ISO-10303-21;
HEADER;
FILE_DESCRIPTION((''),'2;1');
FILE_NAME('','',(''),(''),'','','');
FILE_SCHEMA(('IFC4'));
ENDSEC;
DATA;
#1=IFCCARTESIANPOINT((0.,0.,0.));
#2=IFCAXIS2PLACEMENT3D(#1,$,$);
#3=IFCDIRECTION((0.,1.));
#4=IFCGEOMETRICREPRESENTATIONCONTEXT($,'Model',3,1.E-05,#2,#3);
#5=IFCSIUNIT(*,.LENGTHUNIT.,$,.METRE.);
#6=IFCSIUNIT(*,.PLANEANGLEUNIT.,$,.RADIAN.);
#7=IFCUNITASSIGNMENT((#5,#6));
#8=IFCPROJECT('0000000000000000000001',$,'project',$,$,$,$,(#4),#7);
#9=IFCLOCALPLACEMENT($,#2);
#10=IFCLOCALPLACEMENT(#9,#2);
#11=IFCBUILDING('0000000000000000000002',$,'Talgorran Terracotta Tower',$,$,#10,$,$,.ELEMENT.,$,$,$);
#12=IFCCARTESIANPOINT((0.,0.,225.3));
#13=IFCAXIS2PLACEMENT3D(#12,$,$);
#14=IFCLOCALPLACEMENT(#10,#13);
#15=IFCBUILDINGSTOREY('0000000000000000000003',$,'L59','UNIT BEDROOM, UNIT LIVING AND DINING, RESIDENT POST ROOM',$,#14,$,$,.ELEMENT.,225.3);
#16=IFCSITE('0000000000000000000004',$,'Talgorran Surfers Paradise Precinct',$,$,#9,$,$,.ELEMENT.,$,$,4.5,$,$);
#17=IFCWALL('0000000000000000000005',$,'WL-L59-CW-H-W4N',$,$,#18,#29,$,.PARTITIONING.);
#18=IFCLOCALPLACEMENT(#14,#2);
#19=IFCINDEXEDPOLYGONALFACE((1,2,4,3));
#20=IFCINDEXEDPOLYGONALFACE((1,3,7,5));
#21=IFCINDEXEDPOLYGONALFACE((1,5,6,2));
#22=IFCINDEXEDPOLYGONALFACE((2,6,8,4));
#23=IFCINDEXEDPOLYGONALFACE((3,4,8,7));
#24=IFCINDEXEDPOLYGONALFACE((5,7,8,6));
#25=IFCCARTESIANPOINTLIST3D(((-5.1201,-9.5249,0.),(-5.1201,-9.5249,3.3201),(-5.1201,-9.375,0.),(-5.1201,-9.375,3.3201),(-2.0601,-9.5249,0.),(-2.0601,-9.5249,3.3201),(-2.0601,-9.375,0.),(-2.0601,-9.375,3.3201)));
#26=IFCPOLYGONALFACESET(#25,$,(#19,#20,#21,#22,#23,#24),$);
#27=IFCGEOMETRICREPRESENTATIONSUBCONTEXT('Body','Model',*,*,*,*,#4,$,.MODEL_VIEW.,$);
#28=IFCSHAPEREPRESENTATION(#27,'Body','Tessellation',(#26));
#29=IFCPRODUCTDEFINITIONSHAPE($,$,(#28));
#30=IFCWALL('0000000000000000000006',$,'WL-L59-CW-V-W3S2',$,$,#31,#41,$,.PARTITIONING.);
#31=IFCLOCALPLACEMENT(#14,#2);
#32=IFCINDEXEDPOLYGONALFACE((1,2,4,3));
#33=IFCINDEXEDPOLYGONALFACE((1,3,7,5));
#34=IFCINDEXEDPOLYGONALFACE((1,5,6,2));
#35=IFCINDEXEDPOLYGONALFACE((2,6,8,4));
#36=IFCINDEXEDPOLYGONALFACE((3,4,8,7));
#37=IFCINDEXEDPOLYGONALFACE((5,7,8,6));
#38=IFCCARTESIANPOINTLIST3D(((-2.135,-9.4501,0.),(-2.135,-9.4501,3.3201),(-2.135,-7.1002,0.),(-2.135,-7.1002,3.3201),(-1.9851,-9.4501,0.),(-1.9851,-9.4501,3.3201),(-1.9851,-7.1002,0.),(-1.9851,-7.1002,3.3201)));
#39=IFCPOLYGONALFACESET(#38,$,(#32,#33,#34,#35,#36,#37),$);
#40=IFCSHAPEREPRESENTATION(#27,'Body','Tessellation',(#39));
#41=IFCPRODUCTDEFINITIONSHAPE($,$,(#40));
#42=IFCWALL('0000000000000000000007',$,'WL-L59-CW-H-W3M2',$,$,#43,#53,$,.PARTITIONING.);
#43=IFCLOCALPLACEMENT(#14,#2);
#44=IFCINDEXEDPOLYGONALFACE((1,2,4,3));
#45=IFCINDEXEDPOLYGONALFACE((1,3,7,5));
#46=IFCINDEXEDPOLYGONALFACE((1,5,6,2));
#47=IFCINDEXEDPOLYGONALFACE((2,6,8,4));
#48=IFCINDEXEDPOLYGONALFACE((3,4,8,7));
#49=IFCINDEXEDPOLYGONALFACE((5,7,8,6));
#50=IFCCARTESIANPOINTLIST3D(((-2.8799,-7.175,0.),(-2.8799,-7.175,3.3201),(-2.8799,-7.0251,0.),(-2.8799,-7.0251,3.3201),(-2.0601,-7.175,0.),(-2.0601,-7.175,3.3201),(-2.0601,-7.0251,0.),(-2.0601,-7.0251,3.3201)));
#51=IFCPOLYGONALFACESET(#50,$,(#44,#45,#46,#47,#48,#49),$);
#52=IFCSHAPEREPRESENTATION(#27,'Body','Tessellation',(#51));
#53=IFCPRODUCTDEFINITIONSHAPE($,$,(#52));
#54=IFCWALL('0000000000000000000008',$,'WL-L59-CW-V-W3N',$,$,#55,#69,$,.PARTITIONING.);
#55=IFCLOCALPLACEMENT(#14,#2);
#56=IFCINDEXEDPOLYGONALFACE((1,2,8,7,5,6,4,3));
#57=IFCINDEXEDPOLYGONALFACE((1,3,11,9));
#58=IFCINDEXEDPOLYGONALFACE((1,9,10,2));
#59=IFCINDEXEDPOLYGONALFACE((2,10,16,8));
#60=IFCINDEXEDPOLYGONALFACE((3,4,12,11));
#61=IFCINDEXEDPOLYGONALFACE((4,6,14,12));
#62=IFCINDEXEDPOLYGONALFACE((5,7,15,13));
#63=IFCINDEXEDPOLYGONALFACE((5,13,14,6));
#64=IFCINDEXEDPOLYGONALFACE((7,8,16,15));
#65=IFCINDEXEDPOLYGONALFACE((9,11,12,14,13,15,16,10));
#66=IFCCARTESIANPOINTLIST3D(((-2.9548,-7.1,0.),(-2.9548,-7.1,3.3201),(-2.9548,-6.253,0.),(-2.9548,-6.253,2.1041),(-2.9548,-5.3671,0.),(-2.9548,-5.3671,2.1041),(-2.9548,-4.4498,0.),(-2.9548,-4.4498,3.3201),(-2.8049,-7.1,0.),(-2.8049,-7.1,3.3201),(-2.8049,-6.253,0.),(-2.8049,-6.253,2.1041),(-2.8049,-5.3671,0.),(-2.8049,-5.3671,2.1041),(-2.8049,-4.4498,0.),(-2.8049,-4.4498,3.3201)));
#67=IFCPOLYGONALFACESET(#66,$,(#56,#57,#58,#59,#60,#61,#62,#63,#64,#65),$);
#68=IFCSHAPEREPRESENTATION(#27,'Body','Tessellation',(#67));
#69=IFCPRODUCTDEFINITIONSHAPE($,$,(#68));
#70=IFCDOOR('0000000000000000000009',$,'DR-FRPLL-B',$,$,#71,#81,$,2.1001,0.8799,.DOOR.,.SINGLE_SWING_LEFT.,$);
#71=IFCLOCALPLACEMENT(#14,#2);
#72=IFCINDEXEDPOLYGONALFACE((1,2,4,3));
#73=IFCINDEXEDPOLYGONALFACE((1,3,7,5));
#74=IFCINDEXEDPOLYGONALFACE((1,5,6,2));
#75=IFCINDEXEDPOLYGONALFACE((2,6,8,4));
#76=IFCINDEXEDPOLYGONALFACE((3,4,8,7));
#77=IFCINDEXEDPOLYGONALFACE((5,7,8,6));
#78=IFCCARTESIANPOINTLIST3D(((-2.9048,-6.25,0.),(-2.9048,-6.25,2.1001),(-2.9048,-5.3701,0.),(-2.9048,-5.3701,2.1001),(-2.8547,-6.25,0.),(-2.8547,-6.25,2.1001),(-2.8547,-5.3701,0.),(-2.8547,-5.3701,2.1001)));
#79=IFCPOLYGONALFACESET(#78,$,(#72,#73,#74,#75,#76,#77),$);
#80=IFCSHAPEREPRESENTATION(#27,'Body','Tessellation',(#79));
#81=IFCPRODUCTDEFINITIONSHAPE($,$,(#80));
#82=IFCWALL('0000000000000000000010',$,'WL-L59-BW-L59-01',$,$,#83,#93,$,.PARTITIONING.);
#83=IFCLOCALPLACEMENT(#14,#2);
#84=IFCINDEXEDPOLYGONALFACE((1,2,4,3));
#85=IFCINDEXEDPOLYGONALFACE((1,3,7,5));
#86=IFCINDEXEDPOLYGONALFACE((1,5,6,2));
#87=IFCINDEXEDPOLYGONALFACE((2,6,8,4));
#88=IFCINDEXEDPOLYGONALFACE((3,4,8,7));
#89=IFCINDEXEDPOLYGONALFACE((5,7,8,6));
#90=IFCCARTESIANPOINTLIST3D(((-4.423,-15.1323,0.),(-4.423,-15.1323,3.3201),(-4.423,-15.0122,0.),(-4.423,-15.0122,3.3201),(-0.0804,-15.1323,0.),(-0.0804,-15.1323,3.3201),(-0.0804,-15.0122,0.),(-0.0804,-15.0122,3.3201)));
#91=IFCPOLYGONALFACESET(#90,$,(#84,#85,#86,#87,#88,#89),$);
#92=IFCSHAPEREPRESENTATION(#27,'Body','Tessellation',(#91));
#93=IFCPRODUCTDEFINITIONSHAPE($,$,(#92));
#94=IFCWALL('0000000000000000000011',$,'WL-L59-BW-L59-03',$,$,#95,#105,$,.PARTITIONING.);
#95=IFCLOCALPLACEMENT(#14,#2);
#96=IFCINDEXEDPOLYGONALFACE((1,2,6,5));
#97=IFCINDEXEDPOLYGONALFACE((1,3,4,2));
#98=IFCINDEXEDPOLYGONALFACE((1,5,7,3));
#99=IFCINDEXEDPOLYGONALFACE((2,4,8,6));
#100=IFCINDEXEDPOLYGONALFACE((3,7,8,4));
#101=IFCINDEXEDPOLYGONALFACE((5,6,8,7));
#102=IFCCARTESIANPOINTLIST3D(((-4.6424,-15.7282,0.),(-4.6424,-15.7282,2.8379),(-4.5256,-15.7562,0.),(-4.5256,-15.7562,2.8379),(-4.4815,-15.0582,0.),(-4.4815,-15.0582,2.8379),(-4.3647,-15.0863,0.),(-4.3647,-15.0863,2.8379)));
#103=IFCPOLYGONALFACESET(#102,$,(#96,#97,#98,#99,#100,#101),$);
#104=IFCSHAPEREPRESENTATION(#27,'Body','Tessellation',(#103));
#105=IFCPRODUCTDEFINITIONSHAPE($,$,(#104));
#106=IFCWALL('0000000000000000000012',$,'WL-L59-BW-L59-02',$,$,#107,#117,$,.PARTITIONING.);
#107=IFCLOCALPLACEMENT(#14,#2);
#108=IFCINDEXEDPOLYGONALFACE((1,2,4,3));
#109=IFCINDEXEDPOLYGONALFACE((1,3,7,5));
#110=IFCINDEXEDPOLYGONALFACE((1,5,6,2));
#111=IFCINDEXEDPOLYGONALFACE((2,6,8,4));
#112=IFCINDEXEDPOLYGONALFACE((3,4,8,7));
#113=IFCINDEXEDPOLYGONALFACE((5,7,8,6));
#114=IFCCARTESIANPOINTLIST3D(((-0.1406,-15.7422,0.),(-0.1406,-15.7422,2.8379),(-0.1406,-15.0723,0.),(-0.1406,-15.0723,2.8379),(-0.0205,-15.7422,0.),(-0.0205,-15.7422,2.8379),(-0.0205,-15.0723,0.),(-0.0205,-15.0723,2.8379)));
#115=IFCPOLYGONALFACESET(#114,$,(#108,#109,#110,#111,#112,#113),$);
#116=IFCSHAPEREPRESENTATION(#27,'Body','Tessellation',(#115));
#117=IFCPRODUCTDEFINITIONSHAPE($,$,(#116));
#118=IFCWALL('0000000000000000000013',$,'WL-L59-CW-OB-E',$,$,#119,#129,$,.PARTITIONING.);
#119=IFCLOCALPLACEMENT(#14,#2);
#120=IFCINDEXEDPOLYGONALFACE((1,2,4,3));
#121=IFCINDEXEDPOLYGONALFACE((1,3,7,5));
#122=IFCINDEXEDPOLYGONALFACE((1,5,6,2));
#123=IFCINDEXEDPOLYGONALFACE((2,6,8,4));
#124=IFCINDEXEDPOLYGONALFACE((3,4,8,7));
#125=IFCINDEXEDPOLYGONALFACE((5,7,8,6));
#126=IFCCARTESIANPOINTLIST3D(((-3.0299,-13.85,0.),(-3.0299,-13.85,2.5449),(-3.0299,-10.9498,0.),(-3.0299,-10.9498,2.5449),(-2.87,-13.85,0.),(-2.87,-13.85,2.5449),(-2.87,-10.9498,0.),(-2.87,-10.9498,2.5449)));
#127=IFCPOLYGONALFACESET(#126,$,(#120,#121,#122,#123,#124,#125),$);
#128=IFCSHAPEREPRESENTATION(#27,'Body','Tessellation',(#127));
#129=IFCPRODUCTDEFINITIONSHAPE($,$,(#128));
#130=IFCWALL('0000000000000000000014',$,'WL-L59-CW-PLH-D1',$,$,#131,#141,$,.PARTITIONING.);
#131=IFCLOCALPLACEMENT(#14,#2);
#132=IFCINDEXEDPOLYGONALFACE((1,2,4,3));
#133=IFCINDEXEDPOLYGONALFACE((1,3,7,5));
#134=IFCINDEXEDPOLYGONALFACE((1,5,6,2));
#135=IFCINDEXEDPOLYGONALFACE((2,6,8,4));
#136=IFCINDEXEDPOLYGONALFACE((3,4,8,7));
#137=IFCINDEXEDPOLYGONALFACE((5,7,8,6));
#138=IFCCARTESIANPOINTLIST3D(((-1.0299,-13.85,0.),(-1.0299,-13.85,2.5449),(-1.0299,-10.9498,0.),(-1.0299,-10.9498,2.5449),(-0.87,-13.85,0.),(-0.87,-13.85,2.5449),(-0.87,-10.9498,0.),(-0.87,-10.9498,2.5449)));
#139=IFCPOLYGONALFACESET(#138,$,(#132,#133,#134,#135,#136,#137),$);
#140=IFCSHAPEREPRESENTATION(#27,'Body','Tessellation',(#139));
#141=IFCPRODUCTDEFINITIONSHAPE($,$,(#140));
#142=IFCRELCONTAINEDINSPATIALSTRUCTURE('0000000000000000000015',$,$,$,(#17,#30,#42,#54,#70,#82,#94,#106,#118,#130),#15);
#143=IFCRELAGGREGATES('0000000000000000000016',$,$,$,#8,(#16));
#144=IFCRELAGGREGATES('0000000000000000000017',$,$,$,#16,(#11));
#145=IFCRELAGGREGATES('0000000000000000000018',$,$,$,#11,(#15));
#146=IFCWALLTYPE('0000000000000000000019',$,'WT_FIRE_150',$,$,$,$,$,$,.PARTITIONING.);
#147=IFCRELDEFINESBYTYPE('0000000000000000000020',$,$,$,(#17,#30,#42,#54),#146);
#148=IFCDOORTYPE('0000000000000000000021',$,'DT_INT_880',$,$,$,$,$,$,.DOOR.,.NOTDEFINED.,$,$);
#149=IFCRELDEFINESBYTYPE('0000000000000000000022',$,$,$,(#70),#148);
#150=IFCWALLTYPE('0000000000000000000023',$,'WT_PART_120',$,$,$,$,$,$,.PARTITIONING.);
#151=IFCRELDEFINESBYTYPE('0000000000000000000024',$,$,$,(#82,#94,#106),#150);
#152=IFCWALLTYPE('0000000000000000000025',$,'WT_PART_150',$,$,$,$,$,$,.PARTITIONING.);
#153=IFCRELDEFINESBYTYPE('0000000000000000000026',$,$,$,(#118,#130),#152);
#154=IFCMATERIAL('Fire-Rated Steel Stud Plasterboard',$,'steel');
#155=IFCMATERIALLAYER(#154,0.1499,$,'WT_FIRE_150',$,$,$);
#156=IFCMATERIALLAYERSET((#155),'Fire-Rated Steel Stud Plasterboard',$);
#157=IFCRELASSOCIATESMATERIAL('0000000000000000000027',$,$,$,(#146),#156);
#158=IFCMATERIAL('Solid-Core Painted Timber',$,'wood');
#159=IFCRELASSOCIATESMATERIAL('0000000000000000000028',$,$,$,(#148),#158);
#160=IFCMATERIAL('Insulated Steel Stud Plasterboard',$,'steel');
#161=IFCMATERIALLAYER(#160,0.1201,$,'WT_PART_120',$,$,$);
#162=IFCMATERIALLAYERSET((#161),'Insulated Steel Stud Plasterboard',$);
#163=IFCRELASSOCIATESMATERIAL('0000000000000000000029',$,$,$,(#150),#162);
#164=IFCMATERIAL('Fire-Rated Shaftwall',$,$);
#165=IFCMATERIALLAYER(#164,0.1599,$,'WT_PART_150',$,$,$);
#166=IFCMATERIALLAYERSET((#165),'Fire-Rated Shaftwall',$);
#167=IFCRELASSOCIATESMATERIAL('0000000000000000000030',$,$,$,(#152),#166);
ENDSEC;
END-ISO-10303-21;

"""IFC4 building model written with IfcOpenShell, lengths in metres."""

from ifc_helpers import new_model, si_unit, direction, frame, frame_2d, origin, place, context, subcontext, project, spatial, rectangle, extrude, material, layer, layer_set, type_object, element, fill, save


model = new_model("IFC4")

# Units and contexts
model_context = context("Model", 3, precision=1e-05, world=origin(), true_north=direction((0.0, 1.0)))
body_context = subcontext(model_context, "Body", "Model", "MODEL_VIEW")
ifc_project = project(units=[si_unit("LENGTHUNIT", "METRE"), si_unit("PLANEANGLEUNIT", "RADIAN")], contexts=[model_context])

# Site, building, storey
site_placement = place(None, origin())
site = spatial("IfcSite", under=ifc_project, at=site_placement, Name="Talgorran Surfers Paradise Precinct", CompositionType="ELEMENT", RefElevation=4.5)
building_placement = place(site_placement, origin())
building = spatial("IfcBuilding", under=site, at=building_placement, Name="Talgorran Terracotta Tower", CompositionType="ELEMENT")
storey_placement = place(building_placement, frame((0.0, 0.0, 225.3)))
storey = spatial("IfcBuildingStorey", under=building, at=storey_placement, Name="L59", Description="UNIT BEDROOM, UNIT LIVING AND DINING, RESIDENT POST ROOM", CompositionType="ELEMENT", Elevation=225.3)

# Walls
ifc_material_1 = material(Name="Fire-Rated Steel Stud Plasterboard", Category="steel")
ifc_layer_1 = layer(ifc_material_1, 0.1499, Name="WT_FIRE_150")
ifc_layer_set_1 = layer_set([ifc_layer_1], Name="Fire-Rated Steel Stud Plasterboard")
wall_type_1 = type_object("IfcWallType", Name="WT_FIRE_150", PredefinedType="PARTITIONING", material=ifc_layer_set_1)
wall_1_placement = place(storey_placement, frame((-5.1201, -9.45, 0.0), z_axis=(0.0, 0.0, 1.0), x_axis=(1.0, 0.0, 0.0)))
element("IfcWall", 1, at=wall_1_placement, inside=storey, type_object=wall_type_1, Name="WL-L59-CW-H-W4N", PredefinedType="PARTITIONING", context=body_context, shape_type="SweptSolid", body=[
    extrude(rectangle(XDim=3.0601, YDim=0.1499, at=frame_2d((1.53, 0.0))), origin(), (0.0, 0.0, 1.0), 3.3201),
])
wall_2_placement = place(storey_placement, frame((-2.0601, -9.45, 0.0), z_axis=(0.0, 0.0, 1.0), x_axis=(0.0, 1.0, 0.0)))
element("IfcWall", 2, at=wall_2_placement, inside=storey, type_object=wall_type_1, Name="WL-L59-CW-V-W3S2", PredefinedType="PARTITIONING", context=body_context, shape_type="SweptSolid", body=[
    extrude(rectangle(XDim=2.3499, YDim=0.1499, at=frame_2d((1.1748, 0.0))), origin(), (0.0, 0.0, 1.0), 3.3201),
])
wall_3_placement = place(storey_placement, frame((-2.8799, -7.1001, 0.0), z_axis=(0.0, 0.0, 1.0), x_axis=(1.0, 0.0, 0.0)))
element("IfcWall", 3, at=wall_3_placement, inside=storey, type_object=wall_type_1, Name="WL-L59-CW-H-W3M2", PredefinedType="PARTITIONING", context=body_context, shape_type="SweptSolid", body=[
    extrude(rectangle(XDim=0.8198, YDim=0.1499, at=frame_2d((0.4099, 0.0))), origin(), (0.0, 0.0, 1.0), 3.3201),
])

# Wall, opening, door
wall_4_placement = place(storey_placement, frame((-2.8799, -7.1001, 0.0), z_axis=(0.0, 0.0, 1.0), x_axis=(0.0, 1.0, 0.0)))
wall_4 = element("IfcWall", 4, at=wall_4_placement, inside=storey, type_object=wall_type_1, Name="WL-L59-CW-V-W3N", PredefinedType="PARTITIONING", context=body_context, shape_type="SweptSolid", body=[
    extrude(rectangle(XDim=2.6501, YDim=0.1499, at=frame_2d((1.3252, 0.0))), origin(), (0.0, 0.0, 1.0), 3.3201),
])
opening_placement = place(wall_4_placement, frame((0.8501, 0.0, 0.0)))
opening = element("IfcOpeningElement", 5, at=opening_placement, cuts=wall_4, PredefinedType="OPENING", context=body_context, shape_type="SweptSolid", body=[
    extrude(rectangle(XDim=0.8859, YDim=2.1041, at=frame_2d((0.4399, 1.052))), frame((0.0, 0.085, 0.0), z_axis=(0.0, -1.0, 0.0), x_axis=(1.0, 0.0, 0.0)), (0.0, 0.0, 1.0), 0.1699),
])
ifc_material_2 = material(Name="Solid-Core Painted Timber", Category="wood")
door_type = type_object("IfcDoorType", Name="DT_INT_880", OperationType="NOTDEFINED", PredefinedType="DOOR", material=ifc_material_2)
door_placement = place(opening_placement, origin())
door = element("IfcDoor", 6, at=door_placement, inside=storey, type_object=door_type, Name="DR-FRPLL-B", OperationType="SINGLE_SWING_LEFT", OverallHeight=2.1001, OverallWidth=0.8799, PredefinedType="DOOR", context=body_context, shape_type="SweptSolid", body=[
    extrude(rectangle(XDim=0.8799, YDim=2.1001, at=frame_2d((0.4399, 1.05))), frame((0.0, 0.0249, 0.0), z_axis=(0.0, -1.0, 0.0), x_axis=(1.0, 0.0, 0.0)), (0.0, 0.0, 1.0), 0.05),
])
fill(opening, door)

# Walls
ifc_material_3 = material(Name="Insulated Steel Stud Plasterboard", Category="steel")
ifc_layer_2 = layer(ifc_material_3, 0.1201, Name="WT_PART_120")
ifc_layer_set_2 = layer_set([ifc_layer_2], Name="Insulated Steel Stud Plasterboard")
wall_type_2 = type_object("IfcWallType", Name="WT_PART_120", PredefinedType="PARTITIONING", material=ifc_layer_set_2)
wall_5_placement = place(storey_placement, frame((-4.4231, -15.0723, 0.0), z_axis=(0.0, 0.0, 1.0), x_axis=(1.0, 0.0, 0.0)))
element("IfcWall", 7, at=wall_5_placement, inside=storey, type_object=wall_type_2, Name="WL-L59-BW-L59-01", PredefinedType="PARTITIONING", context=body_context, shape_type="SweptSolid", body=[
    extrude(rectangle(XDim=4.3425, YDim=0.1201, at=frame_2d((2.1714, 0.0))), origin(), (0.0, 0.0, 1.0), 3.3201),
])
wall_6_placement = place(storey_placement, frame((-4.584, -15.7422, 0.0), z_axis=(0.0, 0.0, 1.0), x_axis=(0.23352, 0.972352, 0.0)))
element("IfcWall", 8, at=wall_6_placement, inside=storey, type_object=wall_type_2, Name="WL-L59-BW-L59-03", PredefinedType="PARTITIONING", context=body_context, shape_type="SweptSolid", body=[
    extrude(rectangle(XDim=0.689, YDim=0.1201, at=frame_2d((0.3445, 0.0))), origin(), (0.0, 0.0, 1.0), 2.8379),
])
wall_7_placement = place(storey_placement, frame((-0.0806, -15.0723, 0.0), z_axis=(0.0, 0.0, 1.0), x_axis=(0.0, -1.0, 0.0)))
element("IfcWall", 9, at=wall_7_placement, inside=storey, type_object=wall_type_2, Name="WL-L59-BW-L59-02", PredefinedType="PARTITIONING", context=body_context, shape_type="SweptSolid", body=[
    extrude(rectangle(XDim=0.6699, YDim=0.1201, at=frame_2d((0.335, 0.0))), origin(), (0.0, 0.0, 1.0), 2.8379),
])
ifc_material_4 = material(Name="Fire-Rated Shaftwall")
ifc_layer_3 = layer(ifc_material_4, 0.1599, Name="WT_PART_150")
ifc_layer_set_3 = layer_set([ifc_layer_3], Name="Fire-Rated Shaftwall")
wall_type_3 = type_object("IfcWallType", Name="WT_PART_150", PredefinedType="PARTITIONING", material=ifc_layer_set_3)
for number, where, z_axis, x_axis, name in (
    (10, (-2.95, -13.8501, 0.0), (0.0, 0.0, 1.0), (0.0, 1.0, 0.0), "WL-L59-CW-OB-E"),
    (11, (-0.95, -13.8501, 0.0), (0.0, 0.0, 1.0), (0.0, 1.0, 0.0), "WL-L59-CW-PLH-D1"),
):
    element("IfcWall", number, at=place(storey_placement, frame(where, z_axis=z_axis, x_axis=x_axis)), inside=storey, type_object=wall_type_3, Name=name, PredefinedType="PARTITIONING", context=body_context, shape_type="SweptSolid", body=[
        extrude(rectangle(XDim=2.9001, YDim=0.1599, at=frame_2d((1.4502, 0.0))), origin(), (0.0, 0.0, 1.0), 2.5449),
    ])

save(model, "model.ifc")
